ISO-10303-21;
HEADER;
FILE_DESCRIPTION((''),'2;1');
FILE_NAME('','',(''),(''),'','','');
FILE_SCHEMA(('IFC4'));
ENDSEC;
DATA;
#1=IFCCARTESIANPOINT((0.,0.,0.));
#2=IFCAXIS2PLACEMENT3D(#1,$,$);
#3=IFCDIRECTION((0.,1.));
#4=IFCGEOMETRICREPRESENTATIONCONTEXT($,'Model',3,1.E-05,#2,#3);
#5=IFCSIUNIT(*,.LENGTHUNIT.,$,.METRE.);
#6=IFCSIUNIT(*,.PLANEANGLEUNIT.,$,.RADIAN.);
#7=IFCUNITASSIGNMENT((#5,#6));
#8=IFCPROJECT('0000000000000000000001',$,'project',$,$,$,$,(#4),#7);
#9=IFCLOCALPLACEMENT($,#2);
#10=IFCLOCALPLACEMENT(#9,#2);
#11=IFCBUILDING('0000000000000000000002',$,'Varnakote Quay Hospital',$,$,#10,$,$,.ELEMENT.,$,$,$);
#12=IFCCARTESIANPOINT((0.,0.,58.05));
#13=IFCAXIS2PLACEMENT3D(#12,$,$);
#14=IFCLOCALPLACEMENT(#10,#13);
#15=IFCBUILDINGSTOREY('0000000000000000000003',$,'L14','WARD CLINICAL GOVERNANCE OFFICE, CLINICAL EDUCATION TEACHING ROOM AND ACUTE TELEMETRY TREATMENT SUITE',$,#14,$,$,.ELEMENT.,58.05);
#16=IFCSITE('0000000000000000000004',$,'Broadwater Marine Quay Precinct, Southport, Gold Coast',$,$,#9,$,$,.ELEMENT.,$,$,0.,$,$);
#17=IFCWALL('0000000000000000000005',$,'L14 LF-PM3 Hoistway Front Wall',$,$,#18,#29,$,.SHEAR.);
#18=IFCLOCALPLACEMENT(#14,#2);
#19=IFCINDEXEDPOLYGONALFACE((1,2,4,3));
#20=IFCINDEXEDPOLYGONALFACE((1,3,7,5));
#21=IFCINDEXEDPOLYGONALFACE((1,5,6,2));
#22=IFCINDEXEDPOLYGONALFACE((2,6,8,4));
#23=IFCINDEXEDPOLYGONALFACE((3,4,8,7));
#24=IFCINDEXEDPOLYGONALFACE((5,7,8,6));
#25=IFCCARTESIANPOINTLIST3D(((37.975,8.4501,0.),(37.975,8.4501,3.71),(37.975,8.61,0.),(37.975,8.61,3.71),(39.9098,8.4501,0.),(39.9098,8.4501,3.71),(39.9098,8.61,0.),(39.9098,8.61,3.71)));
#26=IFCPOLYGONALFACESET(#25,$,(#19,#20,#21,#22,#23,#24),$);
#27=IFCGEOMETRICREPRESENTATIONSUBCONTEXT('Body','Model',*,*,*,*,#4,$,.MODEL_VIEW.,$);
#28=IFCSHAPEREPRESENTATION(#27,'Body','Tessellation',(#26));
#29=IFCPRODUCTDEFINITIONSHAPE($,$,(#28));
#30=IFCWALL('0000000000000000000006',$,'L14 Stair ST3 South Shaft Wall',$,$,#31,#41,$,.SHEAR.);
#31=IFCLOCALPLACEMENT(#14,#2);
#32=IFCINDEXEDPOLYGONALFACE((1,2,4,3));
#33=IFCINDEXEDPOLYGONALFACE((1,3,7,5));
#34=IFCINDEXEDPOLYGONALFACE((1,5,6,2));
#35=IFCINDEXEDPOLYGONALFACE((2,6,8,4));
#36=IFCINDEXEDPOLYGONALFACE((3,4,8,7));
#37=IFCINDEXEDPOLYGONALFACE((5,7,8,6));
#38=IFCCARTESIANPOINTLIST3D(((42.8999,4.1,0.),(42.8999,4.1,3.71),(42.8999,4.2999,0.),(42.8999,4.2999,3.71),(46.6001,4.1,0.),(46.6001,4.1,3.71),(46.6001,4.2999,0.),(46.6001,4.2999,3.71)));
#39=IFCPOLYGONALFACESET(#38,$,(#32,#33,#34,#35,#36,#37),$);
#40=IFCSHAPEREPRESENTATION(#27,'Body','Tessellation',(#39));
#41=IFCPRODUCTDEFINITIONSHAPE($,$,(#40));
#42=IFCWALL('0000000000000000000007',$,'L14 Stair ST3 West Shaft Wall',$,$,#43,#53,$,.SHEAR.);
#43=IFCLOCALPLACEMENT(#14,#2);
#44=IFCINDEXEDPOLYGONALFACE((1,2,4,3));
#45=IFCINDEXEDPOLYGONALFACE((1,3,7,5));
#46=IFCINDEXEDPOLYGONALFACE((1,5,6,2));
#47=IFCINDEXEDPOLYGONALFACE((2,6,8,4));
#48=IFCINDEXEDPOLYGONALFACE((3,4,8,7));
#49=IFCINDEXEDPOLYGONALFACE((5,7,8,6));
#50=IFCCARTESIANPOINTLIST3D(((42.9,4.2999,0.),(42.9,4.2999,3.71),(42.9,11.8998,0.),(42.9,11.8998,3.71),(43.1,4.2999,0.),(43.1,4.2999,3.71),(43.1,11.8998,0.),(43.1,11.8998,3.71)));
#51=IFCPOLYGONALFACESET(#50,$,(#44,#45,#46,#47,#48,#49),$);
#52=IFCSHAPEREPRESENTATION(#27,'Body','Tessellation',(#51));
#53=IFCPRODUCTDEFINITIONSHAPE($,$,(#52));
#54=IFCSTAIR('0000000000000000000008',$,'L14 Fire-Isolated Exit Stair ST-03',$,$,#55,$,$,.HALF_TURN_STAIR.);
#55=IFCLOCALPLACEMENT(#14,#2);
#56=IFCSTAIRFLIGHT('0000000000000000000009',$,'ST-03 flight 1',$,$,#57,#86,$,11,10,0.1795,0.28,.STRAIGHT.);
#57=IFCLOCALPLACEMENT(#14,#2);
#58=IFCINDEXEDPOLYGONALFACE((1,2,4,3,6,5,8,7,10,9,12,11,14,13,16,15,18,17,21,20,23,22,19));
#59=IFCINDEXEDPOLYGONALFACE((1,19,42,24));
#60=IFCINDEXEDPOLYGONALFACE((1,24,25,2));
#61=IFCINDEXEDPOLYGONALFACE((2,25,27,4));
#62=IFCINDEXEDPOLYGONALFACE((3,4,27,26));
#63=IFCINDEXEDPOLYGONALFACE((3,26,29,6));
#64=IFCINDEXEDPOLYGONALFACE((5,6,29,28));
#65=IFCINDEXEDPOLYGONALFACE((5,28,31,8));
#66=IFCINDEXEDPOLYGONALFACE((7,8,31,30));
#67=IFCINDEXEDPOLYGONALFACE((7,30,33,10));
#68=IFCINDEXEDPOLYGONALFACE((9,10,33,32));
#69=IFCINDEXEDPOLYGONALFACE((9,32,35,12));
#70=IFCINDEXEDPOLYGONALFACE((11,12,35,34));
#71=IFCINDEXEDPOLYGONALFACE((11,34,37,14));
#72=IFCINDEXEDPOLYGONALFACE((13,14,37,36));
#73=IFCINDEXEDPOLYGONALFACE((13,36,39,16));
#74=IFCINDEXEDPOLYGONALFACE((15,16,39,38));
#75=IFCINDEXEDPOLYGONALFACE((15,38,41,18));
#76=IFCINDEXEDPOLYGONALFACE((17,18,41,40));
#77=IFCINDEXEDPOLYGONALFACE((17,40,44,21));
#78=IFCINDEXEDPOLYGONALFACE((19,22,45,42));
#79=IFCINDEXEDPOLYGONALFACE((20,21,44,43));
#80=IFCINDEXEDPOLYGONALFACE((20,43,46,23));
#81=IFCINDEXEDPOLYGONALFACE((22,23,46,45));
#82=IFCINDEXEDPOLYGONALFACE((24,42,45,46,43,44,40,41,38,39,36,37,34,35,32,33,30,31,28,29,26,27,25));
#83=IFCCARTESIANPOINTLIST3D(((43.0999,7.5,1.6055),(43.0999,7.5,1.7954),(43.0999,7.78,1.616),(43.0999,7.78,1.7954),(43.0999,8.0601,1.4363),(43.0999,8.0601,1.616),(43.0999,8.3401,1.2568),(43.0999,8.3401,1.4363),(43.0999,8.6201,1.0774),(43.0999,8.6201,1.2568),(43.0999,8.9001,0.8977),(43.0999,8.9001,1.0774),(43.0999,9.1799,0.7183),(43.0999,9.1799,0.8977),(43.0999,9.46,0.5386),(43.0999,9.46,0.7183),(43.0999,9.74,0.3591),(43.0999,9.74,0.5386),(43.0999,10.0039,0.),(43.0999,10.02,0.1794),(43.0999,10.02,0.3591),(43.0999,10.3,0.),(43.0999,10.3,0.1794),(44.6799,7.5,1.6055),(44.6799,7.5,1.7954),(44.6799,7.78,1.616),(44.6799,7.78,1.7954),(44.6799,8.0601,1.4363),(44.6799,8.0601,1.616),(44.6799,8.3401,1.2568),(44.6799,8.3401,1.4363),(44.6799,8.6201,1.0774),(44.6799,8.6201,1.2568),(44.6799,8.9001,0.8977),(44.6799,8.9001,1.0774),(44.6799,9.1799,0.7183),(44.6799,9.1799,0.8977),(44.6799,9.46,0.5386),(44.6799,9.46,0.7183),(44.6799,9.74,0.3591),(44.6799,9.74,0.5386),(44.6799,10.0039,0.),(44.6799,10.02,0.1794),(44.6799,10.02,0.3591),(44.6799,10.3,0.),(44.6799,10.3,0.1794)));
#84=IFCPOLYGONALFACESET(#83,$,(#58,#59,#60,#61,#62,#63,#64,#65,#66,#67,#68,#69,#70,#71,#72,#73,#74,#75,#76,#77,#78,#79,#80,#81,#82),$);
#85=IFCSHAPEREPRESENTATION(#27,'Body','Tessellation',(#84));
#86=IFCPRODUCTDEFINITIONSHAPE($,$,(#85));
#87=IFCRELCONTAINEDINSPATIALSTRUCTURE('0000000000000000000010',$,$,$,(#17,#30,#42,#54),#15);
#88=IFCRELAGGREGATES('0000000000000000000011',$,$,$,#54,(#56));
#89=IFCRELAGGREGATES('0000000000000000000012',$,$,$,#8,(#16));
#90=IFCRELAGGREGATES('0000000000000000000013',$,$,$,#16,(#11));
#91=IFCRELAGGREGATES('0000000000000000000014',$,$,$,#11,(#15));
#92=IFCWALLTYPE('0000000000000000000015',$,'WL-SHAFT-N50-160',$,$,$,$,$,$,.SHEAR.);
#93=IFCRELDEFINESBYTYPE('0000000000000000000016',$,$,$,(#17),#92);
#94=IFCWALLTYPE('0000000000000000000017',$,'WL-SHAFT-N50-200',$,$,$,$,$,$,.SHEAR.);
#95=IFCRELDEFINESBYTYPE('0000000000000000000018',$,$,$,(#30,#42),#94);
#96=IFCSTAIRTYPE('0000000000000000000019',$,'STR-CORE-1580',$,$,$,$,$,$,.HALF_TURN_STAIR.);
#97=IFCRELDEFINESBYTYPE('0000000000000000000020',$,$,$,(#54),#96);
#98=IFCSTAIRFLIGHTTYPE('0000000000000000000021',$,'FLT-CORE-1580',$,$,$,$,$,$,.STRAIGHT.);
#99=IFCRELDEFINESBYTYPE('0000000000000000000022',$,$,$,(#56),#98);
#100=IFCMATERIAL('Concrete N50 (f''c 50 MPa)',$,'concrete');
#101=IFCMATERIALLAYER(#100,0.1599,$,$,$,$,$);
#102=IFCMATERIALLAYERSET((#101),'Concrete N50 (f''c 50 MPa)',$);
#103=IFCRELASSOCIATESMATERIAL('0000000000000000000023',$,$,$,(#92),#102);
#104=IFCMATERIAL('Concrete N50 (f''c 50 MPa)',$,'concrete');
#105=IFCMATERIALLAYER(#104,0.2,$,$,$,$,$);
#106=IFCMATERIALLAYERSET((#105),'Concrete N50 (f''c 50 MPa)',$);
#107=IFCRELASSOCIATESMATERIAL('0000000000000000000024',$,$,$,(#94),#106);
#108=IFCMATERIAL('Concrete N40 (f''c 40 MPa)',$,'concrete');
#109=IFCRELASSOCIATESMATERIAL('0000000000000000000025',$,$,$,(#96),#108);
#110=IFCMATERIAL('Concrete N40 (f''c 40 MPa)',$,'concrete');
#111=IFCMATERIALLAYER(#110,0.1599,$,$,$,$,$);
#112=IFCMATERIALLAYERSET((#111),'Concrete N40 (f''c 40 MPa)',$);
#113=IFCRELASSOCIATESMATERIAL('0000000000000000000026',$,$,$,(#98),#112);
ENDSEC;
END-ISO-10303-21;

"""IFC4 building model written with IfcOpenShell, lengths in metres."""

from ifc_helpers import new_model, si_unit, direction, frame, frame_2d, origin, place, context, subcontext, project, spatial, polyline, rectangle, outline, extrude, material, layer, layer_set, type_object, element, aggregate, save


model = new_model("IFC4")

# Units and contexts
model_context = context("Model", 3, precision=1e-05, world=origin(), true_north=direction((0.0, 1.0)))
body_context = subcontext(model_context, "Body", "Model", "MODEL_VIEW")
ifc_project = project(units=[si_unit("LENGTHUNIT", "METRE"), si_unit("PLANEANGLEUNIT", "RADIAN")], contexts=[model_context])

# Site, building, storey
site_placement = place(None, origin())
site = spatial("IfcSite", under=ifc_project, at=site_placement, Name="Broadwater Marine Quay Precinct, Southport, Gold Coast", CompositionType="ELEMENT", RefElevation=0.0)
building_placement = place(site_placement, origin())
building = spatial("IfcBuilding", under=site, at=building_placement, Name="Varnakote Quay Hospital", CompositionType="ELEMENT")
storey_placement = place(building_placement, frame((0.0, 0.0, 58.05)))
storey = spatial("IfcBuildingStorey", under=building, at=storey_placement, Name="L14", Description="WARD CLINICAL GOVERNANCE OFFICE, CLINICAL EDUCATION TEACHING ROOM AND ACUTE TELEMETRY TREATMENT SUITE", CompositionType="ELEMENT", Elevation=58.05)

# Walls
ifc_material_1 = material(Name="Concrete N50 (f'c 50 MPa)", Category="concrete")
ifc_layer_1 = layer(ifc_material_1, 0.1599)
ifc_layer_set_1 = layer_set([ifc_layer_1], Name="Concrete N50 (f'c 50 MPa)")
wall_type_1 = type_object("IfcWallType", Name="WL-SHAFT-N50-160", PredefinedType="SHEAR", material=ifc_layer_set_1)
wall_1_placement = place(storey_placement, frame((37.9751, 8.53, 0.0), z_axis=(0.0, 0.0, 1.0), x_axis=(1.0, 0.0, 0.0)))
element("IfcWall", 1, at=wall_1_placement, inside=storey, type_object=wall_type_1, Name="L14 LF-PM3 Hoistway Front Wall", PredefinedType="SHEAR", context=body_context, shape_type="SweptSolid", body=[
    extrude(rectangle(XDim=1.9348, YDim=0.1599, at=frame_2d((0.9673, 0.0))), origin(), (0.0, 0.0, 1.0), 3.71),
])
ifc_material_2 = material(Name="Concrete N50 (f'c 50 MPa)", Category="concrete")
ifc_layer_2 = layer(ifc_material_2, 0.2)
ifc_layer_set_2 = layer_set([ifc_layer_2], Name="Concrete N50 (f'c 50 MPa)")
wall_type_2 = type_object("IfcWallType", Name="WL-SHAFT-N50-200", PredefinedType="SHEAR", material=ifc_layer_set_2)
wall_2_placement = place(storey_placement, frame((42.8999, 4.2, 0.0), z_axis=(0.0, 0.0, 1.0), x_axis=(1.0, 0.0, 0.0)))
element("IfcWall", 2, at=wall_2_placement, inside=storey, type_object=wall_type_2, Name="L14 Stair ST3 South Shaft Wall", PredefinedType="SHEAR", context=body_context, shape_type="SweptSolid", body=[
    extrude(rectangle(XDim=3.7002, YDim=0.2, at=frame_2d((1.8501, 0.0))), origin(), (0.0, 0.0, 1.0), 3.71),
])
wall_3_placement = place(storey_placement, frame((43.0, 4.3, 0.0), z_axis=(0.0, 0.0, 1.0), x_axis=(0.0, 1.0, 0.0)))
element("IfcWall", 3, at=wall_3_placement, inside=storey, type_object=wall_type_2, Name="L14 Stair ST3 West Shaft Wall", PredefinedType="SHEAR", context=body_context, shape_type="SweptSolid", body=[
    extrude(rectangle(XDim=7.5999, YDim=0.2, at=frame_2d((3.7998, 0.0))), origin(), (0.0, 0.0, 1.0), 3.71),
])

# Stair, stair flight
ifc_material_3 = material(Name="Concrete N40 (f'c 40 MPa)", Category="concrete")
stair_type = type_object("IfcStairType", Name="STR-CORE-1580", PredefinedType="HALF_TURN_STAIR", material=ifc_material_3)
stair_placement = place(storey_placement, origin())
stair = element("IfcStair", 4, at=stair_placement, inside=storey, type_object=stair_type, Name="L14 Fire-Isolated Exit Stair ST-03", PredefinedType="HALF_TURN_STAIR")
ifc_material_4 = material(Name="Concrete N40 (f'c 40 MPa)", Category="concrete")
ifc_layer_3 = layer(ifc_material_4, 0.1599)
ifc_layer_set_3 = layer_set([ifc_layer_3], Name="Concrete N40 (f'c 40 MPa)")
stair_flight_type = type_object("IfcStairFlightType", Name="FLT-CORE-1580", PredefinedType="STRAIGHT", material=ifc_layer_set_3)
stair_flight_placement = place(storey_placement, frame((43.8899, 10.3, 0.0), z_axis=(0.0, 0.0, 1.0), x_axis=(0.0, -1.0, 0.0)))
stair_flight = element("IfcStairFlight", 5, at=stair_flight_placement, type_object=stair_flight_type, Name="ST-03 flight 1", NumberOfRisers=11, NumberOfTreads=10, PredefinedType="STRAIGHT", RiserHeight=0.1795, TreadLength=0.28, context=body_context, shape_type="SweptSolid", body=[
    extrude(outline(polyline([(0.0, 0.0), (0.0, 0.1794), (0.28, 0.1794), (0.28, 0.3591), (0.5601, 0.3591), (0.5601, 0.5386), (0.8401, 0.5386), (0.8401, 0.7183), (1.1201, 0.7183), (1.1201, 0.8977), (1.3999, 0.8977), (1.3999, 1.0774), (1.6799, 1.0774), (1.6799, 1.2568), (1.96, 1.2568), (1.96, 1.4363), (2.24, 1.4363), (2.24, 1.616), (2.52, 1.616), (2.52, 1.7954), (2.8, 1.7954), (2.8, 1.9751), (2.8, 1.6055), (0.2961, 0.0), (0.0, 0.0)])), frame((0.0, 0.79, 0.0), z_axis=(0.0, -1.0, 0.0), x_axis=(1.0, 0.0, 0.0)), (0.0, 0.0, 1.0), 1.5801),
])
aggregate(stair, [stair_flight])

save(model, "model.ifc")
